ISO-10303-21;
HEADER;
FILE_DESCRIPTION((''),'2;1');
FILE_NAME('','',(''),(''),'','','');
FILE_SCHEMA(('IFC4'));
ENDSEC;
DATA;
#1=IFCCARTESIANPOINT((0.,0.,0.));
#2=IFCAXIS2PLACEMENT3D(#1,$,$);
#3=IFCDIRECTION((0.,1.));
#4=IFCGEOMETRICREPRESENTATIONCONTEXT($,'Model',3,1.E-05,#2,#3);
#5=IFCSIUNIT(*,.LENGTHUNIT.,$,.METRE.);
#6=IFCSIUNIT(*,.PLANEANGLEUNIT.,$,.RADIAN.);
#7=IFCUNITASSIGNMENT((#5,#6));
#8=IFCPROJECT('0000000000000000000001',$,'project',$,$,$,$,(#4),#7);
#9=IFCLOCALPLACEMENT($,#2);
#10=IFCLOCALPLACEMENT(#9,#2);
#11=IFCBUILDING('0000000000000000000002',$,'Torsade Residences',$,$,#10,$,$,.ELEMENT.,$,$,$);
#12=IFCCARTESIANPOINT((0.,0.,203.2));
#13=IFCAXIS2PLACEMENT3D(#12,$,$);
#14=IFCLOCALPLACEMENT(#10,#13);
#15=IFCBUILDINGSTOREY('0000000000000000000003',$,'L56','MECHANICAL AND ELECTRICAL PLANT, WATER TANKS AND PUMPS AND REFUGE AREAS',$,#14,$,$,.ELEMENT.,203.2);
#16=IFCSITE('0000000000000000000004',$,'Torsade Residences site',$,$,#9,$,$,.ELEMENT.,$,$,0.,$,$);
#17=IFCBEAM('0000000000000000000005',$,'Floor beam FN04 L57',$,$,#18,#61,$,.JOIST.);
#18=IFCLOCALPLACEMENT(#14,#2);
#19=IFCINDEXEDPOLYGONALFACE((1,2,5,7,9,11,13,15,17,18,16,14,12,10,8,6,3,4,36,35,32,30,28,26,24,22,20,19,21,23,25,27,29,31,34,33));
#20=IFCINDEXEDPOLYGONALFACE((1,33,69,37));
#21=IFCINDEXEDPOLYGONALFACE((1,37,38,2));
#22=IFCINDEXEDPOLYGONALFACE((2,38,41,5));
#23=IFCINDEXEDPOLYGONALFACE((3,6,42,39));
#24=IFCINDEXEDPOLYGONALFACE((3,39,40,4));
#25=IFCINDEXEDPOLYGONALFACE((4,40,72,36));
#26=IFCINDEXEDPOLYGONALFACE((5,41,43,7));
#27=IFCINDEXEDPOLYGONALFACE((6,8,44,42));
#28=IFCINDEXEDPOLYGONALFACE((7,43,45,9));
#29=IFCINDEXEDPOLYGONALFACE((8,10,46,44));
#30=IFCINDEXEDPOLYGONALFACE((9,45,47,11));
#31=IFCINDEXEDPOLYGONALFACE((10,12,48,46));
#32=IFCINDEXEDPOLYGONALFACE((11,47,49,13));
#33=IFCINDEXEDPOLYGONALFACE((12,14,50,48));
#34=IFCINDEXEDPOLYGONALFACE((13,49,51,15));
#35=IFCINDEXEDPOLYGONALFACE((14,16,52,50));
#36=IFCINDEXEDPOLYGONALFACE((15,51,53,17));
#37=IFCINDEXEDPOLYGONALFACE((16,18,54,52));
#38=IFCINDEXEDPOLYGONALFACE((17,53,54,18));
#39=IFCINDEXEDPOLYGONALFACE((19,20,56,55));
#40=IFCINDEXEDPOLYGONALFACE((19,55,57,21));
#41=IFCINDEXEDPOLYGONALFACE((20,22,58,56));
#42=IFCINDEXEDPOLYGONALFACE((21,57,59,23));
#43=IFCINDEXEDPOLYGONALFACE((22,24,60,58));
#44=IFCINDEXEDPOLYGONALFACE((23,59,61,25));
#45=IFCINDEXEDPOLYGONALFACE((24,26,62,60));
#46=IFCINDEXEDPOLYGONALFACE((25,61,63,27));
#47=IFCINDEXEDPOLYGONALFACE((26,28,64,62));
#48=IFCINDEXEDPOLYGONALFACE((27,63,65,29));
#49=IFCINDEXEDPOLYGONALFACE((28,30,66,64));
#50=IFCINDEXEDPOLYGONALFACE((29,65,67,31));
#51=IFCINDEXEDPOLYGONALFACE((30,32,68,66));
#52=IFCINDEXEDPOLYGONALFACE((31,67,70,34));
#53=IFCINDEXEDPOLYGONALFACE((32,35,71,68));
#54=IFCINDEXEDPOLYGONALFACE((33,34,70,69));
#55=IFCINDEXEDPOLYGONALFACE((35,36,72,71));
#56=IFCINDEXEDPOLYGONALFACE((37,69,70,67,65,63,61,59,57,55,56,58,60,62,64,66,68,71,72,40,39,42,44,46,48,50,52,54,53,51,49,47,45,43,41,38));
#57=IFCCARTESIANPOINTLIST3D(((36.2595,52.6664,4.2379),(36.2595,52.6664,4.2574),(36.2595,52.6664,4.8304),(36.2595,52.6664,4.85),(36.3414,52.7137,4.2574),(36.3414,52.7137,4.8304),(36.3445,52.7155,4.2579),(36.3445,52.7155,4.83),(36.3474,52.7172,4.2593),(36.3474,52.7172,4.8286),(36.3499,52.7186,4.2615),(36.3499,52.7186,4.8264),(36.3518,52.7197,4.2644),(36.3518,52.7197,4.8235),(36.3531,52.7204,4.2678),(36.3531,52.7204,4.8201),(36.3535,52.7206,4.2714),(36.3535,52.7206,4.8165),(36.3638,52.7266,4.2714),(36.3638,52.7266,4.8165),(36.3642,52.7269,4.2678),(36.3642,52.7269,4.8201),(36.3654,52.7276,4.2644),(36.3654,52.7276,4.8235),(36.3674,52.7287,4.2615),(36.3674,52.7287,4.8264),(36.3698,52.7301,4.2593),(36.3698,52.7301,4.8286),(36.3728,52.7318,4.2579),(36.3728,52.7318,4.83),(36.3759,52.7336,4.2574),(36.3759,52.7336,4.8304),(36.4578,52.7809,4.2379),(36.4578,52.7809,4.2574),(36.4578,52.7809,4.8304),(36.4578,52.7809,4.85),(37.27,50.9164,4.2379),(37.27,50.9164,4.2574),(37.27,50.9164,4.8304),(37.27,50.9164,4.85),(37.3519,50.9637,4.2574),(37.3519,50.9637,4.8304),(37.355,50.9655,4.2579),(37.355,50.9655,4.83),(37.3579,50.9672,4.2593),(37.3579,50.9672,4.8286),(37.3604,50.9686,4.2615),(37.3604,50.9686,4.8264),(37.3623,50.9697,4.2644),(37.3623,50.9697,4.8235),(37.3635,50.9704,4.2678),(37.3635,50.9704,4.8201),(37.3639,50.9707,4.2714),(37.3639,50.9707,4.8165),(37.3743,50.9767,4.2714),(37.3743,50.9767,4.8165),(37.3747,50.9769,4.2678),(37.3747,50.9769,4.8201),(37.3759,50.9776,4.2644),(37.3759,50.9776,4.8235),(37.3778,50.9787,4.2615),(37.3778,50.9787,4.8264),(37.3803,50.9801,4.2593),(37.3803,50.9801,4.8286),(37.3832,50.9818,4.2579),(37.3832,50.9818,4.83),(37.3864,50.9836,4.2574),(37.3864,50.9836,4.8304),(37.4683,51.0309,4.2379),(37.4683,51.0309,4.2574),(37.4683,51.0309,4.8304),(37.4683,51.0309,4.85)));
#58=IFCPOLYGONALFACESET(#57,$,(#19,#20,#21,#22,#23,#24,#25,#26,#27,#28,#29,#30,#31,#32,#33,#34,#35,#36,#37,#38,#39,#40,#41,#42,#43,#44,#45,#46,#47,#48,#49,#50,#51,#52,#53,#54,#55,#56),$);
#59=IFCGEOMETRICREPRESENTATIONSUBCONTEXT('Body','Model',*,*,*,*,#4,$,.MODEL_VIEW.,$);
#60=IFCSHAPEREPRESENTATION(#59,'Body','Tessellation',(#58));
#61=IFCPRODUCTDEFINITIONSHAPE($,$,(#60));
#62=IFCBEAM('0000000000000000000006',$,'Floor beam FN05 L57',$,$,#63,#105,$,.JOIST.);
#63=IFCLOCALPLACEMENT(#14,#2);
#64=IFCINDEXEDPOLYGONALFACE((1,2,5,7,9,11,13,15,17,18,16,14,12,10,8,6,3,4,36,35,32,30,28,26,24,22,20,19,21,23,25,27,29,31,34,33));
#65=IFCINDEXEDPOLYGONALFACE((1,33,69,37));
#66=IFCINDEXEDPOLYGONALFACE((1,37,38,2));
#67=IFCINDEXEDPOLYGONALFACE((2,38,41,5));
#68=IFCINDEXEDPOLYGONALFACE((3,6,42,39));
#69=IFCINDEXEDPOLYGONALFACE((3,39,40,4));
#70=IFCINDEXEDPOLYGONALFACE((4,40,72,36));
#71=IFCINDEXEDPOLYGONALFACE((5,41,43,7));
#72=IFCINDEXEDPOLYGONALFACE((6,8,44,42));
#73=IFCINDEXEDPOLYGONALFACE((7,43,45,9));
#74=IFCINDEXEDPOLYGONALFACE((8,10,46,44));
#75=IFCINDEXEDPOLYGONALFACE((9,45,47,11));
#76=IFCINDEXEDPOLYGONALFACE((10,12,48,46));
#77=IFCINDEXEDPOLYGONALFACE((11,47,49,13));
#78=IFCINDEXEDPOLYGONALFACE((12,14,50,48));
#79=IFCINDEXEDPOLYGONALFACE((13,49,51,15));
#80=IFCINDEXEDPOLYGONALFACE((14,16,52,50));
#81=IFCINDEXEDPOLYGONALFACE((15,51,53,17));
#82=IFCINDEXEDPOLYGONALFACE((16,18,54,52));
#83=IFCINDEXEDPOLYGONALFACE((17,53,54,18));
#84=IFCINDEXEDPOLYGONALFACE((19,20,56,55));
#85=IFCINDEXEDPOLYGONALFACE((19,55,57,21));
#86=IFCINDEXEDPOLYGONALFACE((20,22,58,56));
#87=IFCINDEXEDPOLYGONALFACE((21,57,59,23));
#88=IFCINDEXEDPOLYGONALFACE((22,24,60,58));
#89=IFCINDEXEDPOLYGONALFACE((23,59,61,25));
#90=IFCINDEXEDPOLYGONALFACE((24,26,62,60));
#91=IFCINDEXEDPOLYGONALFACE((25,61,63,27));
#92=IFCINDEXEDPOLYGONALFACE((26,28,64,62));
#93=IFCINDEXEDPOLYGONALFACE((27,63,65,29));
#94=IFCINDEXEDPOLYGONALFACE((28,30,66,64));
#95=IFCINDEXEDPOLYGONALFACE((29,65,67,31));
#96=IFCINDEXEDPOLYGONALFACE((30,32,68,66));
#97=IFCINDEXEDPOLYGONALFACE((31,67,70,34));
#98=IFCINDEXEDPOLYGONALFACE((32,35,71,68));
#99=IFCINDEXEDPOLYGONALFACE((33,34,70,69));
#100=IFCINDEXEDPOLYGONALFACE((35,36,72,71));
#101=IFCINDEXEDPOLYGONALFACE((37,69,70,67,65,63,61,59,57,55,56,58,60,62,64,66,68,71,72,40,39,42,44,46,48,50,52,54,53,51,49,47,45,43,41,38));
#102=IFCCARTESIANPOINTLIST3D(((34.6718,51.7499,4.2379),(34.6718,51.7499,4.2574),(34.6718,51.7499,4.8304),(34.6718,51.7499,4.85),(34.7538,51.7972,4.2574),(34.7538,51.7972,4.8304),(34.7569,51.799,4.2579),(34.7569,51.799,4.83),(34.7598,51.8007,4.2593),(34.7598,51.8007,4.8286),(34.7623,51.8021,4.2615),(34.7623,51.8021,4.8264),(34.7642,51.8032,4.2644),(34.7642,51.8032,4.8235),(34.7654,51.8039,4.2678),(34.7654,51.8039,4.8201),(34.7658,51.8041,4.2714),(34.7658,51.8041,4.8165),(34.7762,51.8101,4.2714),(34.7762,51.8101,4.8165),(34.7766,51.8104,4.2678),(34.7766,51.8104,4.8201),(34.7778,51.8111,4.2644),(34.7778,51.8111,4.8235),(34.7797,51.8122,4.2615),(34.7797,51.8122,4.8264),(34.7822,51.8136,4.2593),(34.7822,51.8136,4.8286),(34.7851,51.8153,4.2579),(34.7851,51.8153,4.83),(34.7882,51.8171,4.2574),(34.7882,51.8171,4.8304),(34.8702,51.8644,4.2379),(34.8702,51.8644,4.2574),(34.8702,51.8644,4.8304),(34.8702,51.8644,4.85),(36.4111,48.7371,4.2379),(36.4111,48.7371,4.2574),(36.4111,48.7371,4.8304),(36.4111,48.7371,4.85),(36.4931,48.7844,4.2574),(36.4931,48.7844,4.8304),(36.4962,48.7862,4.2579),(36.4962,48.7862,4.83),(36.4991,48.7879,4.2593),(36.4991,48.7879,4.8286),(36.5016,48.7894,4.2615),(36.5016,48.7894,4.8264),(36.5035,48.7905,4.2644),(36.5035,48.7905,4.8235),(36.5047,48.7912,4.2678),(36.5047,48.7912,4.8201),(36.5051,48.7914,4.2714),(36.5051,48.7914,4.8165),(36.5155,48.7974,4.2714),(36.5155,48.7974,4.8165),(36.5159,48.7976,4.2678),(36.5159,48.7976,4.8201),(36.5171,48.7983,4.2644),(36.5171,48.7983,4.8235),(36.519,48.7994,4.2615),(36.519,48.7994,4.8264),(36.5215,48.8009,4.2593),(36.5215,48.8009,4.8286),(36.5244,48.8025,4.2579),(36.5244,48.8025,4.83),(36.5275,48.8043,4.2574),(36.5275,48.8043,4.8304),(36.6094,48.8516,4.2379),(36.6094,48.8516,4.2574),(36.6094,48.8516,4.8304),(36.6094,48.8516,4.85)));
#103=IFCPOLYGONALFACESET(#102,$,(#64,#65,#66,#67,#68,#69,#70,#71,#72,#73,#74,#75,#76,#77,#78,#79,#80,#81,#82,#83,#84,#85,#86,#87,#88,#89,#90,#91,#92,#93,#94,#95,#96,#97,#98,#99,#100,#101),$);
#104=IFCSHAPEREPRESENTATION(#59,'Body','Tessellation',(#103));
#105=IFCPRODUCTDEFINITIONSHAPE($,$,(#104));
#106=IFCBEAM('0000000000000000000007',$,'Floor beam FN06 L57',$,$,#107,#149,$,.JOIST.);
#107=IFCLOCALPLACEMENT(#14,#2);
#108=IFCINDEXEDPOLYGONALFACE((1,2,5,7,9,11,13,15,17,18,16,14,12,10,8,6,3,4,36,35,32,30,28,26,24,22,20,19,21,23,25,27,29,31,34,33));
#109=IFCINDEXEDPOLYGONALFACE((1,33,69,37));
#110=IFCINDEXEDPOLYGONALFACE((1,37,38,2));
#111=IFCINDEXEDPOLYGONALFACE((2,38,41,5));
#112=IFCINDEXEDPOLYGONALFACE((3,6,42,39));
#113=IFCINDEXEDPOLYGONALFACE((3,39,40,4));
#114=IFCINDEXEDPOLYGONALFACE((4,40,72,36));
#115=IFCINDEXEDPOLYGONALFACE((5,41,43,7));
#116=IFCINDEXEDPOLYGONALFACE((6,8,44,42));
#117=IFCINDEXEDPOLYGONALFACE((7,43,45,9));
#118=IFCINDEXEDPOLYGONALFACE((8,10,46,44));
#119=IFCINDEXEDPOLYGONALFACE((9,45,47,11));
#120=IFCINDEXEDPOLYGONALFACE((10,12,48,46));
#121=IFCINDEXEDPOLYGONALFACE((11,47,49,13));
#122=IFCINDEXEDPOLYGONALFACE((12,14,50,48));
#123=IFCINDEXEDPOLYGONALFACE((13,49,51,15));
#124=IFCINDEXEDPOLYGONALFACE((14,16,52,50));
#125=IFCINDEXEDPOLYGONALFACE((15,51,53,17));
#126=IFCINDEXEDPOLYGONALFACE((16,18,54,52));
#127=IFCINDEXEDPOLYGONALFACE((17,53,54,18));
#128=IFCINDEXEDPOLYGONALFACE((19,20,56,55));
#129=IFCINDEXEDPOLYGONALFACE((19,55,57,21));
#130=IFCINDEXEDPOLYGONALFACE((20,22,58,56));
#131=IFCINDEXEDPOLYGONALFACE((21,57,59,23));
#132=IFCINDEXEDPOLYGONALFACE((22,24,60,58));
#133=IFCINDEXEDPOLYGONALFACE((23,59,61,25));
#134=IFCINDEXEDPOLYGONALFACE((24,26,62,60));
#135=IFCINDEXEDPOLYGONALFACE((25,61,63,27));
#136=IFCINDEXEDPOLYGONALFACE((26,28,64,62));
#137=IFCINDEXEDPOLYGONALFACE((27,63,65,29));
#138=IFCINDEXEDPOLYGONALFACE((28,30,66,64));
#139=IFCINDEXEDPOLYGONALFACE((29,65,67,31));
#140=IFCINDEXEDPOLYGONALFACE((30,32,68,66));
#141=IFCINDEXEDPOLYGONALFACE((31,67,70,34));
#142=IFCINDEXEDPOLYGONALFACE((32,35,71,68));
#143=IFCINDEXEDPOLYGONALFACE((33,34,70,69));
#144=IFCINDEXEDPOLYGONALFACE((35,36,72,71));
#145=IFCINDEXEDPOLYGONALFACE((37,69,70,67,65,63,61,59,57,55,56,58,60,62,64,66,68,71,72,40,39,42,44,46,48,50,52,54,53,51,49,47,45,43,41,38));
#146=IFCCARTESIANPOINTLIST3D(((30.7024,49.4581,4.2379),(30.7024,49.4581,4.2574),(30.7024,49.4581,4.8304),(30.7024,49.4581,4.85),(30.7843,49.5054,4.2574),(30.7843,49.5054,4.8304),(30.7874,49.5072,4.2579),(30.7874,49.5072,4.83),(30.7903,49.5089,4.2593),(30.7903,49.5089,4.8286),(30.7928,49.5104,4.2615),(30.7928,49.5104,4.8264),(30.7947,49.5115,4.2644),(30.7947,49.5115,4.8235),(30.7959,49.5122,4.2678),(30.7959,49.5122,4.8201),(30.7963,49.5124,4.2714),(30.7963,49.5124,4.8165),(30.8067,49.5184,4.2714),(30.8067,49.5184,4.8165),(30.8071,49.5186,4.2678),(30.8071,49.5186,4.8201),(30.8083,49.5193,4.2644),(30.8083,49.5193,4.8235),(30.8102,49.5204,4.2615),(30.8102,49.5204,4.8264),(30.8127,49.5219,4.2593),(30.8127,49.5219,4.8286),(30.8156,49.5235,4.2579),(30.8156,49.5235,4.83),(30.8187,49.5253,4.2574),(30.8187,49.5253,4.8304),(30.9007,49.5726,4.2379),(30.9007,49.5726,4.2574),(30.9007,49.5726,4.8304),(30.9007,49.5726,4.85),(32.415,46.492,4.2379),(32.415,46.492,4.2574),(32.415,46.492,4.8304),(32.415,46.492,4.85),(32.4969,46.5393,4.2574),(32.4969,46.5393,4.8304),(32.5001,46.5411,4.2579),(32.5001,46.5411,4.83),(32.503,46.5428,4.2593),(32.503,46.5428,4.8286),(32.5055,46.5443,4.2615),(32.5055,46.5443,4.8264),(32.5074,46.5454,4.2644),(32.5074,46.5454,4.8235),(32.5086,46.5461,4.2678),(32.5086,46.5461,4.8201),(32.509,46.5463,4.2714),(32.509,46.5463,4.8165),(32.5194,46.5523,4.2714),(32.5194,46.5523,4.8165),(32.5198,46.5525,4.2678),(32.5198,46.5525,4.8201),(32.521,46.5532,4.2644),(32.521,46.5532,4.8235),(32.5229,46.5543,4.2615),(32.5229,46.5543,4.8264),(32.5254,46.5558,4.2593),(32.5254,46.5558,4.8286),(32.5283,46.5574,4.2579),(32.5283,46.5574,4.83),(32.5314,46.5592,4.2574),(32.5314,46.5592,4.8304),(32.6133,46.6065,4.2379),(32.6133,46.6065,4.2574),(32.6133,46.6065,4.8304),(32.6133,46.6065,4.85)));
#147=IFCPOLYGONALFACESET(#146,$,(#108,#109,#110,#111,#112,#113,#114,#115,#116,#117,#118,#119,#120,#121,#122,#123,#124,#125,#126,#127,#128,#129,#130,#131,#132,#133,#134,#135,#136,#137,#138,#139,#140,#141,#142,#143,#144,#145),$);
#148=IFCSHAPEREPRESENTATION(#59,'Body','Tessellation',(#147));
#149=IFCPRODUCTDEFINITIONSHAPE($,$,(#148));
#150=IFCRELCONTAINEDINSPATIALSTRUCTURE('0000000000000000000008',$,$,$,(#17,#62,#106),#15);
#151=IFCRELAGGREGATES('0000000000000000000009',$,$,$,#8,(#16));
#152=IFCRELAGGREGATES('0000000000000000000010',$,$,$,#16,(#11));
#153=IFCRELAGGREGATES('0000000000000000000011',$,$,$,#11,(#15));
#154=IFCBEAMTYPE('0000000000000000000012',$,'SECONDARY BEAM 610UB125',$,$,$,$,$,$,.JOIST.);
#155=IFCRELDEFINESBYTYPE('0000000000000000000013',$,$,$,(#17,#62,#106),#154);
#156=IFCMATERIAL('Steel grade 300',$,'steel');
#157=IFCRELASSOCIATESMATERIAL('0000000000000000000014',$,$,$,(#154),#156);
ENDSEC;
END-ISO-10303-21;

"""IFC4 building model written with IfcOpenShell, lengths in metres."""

from ifc_helpers import new_model, si_unit, direction, frame, origin, origin_2d, place, context, subcontext, project, spatial, i_section, extrude, material, material_profile, profile_set, type_object, element, save


model = new_model("IFC4")

# Units and contexts
model_context = context("Model", 3, precision=1e-05, world=origin(), true_north=direction((0.0, 1.0)))
body_context = subcontext(model_context, "Body", "Model", "MODEL_VIEW")
ifc_project = project(units=[si_unit("LENGTHUNIT", "METRE"), si_unit("PLANEANGLEUNIT", "RADIAN")], contexts=[model_context])

# Site, building, storey
site_placement = place(None, origin())
site = spatial("IfcSite", under=ifc_project, at=site_placement, Name="Torsade Residences site", CompositionType="ELEMENT", RefElevation=0.0)
building_placement = place(site_placement, origin())
building = spatial("IfcBuilding", under=site, at=building_placement, Name="Torsade Residences", CompositionType="ELEMENT")
storey_placement = place(building_placement, frame((0.0, 0.0, 203.2)))
storey = spatial("IfcBuildingStorey", under=building, at=storey_placement, Name="L56", Description="MECHANICAL AND ELECTRICAL PLANT, WATER TANKS AND PUMPS AND REFUGE AREAS", CompositionType="ELEMENT", Elevation=203.2)

# Beams
ifc_material_1 = material(Name="Steel grade 300", Category="steel")
ifc_material_profile_1 = material_profile(ifc_material_1, i_section(OverallWidth=0.229, OverallDepth=0.6121, WebThickness=0.012, FlangeThickness=0.0195, FilletRadius=0.0139, at=origin_2d()), Name="610UB125")
ifc_profile_set_1 = profile_set([ifc_material_profile_1], Name="Steel grade 300")
beam_type_1 = type_object("IfcBeamType", Name="SECONDARY BEAM 610UB125", PredefinedType="JOIST", material=ifc_profile_set_1)
beam_1_placement = place(storey_placement, frame((36.3586, 52.7236, 4.5439), z_axis=(0.50005, -0.865996, 0.0), x_axis=(0.865996, 0.50005, 0.0)))
element("IfcBeam", 1, at=beam_1_placement, inside=storey, type_object=beam_type_1, Name="Floor beam FN04 L57", PredefinedType="JOIST", context=body_context, shape_type="SweptSolid", body=[
    extrude(i_section(OverallWidth=0.229, OverallDepth=0.6121, WebThickness=0.012, FlangeThickness=0.0195, FilletRadius=0.0139, at=origin_2d()), origin(), (0.0, 0.0, 1.0), 2.0208),
])
beam_2_placement = place(storey_placement, frame((34.771, 51.8071, 4.5439), z_axis=(0.499974, -0.866041, 0.0), x_axis=(0.866041, 0.499974, 0.0)))
element("IfcBeam", 2, at=beam_2_placement, inside=storey, type_object=beam_type_1, Name="Floor beam FN05 L57", PredefinedType="JOIST", context=body_context, shape_type="SweptSolid", body=[
    extrude(i_section(OverallWidth=0.229, OverallDepth=0.6121, WebThickness=0.012, FlangeThickness=0.0195, FilletRadius=0.0139, at=origin_2d()), origin(), (0.0, 0.0, 1.0), 3.4788),
])
beam_3_placement = place(storey_placement, frame((30.8015, 49.5154, 4.5439), z_axis=(0.500041, -0.866002, 0.0), x_axis=(0.866002, 0.500041, 0.0)))
element("IfcBeam", 3, at=beam_3_placement, inside=storey, type_object=beam_type_1, Name="Floor beam FN06 L57", PredefinedType="JOIST", context=body_context, shape_type="SweptSolid", body=[
    extrude(i_section(OverallWidth=0.229, OverallDepth=0.6121, WebThickness=0.012, FlangeThickness=0.0195, FilletRadius=0.0139, at=origin_2d()), origin(), (0.0, 0.0, 1.0), 3.425),
])

save(model, "model.ifc")
